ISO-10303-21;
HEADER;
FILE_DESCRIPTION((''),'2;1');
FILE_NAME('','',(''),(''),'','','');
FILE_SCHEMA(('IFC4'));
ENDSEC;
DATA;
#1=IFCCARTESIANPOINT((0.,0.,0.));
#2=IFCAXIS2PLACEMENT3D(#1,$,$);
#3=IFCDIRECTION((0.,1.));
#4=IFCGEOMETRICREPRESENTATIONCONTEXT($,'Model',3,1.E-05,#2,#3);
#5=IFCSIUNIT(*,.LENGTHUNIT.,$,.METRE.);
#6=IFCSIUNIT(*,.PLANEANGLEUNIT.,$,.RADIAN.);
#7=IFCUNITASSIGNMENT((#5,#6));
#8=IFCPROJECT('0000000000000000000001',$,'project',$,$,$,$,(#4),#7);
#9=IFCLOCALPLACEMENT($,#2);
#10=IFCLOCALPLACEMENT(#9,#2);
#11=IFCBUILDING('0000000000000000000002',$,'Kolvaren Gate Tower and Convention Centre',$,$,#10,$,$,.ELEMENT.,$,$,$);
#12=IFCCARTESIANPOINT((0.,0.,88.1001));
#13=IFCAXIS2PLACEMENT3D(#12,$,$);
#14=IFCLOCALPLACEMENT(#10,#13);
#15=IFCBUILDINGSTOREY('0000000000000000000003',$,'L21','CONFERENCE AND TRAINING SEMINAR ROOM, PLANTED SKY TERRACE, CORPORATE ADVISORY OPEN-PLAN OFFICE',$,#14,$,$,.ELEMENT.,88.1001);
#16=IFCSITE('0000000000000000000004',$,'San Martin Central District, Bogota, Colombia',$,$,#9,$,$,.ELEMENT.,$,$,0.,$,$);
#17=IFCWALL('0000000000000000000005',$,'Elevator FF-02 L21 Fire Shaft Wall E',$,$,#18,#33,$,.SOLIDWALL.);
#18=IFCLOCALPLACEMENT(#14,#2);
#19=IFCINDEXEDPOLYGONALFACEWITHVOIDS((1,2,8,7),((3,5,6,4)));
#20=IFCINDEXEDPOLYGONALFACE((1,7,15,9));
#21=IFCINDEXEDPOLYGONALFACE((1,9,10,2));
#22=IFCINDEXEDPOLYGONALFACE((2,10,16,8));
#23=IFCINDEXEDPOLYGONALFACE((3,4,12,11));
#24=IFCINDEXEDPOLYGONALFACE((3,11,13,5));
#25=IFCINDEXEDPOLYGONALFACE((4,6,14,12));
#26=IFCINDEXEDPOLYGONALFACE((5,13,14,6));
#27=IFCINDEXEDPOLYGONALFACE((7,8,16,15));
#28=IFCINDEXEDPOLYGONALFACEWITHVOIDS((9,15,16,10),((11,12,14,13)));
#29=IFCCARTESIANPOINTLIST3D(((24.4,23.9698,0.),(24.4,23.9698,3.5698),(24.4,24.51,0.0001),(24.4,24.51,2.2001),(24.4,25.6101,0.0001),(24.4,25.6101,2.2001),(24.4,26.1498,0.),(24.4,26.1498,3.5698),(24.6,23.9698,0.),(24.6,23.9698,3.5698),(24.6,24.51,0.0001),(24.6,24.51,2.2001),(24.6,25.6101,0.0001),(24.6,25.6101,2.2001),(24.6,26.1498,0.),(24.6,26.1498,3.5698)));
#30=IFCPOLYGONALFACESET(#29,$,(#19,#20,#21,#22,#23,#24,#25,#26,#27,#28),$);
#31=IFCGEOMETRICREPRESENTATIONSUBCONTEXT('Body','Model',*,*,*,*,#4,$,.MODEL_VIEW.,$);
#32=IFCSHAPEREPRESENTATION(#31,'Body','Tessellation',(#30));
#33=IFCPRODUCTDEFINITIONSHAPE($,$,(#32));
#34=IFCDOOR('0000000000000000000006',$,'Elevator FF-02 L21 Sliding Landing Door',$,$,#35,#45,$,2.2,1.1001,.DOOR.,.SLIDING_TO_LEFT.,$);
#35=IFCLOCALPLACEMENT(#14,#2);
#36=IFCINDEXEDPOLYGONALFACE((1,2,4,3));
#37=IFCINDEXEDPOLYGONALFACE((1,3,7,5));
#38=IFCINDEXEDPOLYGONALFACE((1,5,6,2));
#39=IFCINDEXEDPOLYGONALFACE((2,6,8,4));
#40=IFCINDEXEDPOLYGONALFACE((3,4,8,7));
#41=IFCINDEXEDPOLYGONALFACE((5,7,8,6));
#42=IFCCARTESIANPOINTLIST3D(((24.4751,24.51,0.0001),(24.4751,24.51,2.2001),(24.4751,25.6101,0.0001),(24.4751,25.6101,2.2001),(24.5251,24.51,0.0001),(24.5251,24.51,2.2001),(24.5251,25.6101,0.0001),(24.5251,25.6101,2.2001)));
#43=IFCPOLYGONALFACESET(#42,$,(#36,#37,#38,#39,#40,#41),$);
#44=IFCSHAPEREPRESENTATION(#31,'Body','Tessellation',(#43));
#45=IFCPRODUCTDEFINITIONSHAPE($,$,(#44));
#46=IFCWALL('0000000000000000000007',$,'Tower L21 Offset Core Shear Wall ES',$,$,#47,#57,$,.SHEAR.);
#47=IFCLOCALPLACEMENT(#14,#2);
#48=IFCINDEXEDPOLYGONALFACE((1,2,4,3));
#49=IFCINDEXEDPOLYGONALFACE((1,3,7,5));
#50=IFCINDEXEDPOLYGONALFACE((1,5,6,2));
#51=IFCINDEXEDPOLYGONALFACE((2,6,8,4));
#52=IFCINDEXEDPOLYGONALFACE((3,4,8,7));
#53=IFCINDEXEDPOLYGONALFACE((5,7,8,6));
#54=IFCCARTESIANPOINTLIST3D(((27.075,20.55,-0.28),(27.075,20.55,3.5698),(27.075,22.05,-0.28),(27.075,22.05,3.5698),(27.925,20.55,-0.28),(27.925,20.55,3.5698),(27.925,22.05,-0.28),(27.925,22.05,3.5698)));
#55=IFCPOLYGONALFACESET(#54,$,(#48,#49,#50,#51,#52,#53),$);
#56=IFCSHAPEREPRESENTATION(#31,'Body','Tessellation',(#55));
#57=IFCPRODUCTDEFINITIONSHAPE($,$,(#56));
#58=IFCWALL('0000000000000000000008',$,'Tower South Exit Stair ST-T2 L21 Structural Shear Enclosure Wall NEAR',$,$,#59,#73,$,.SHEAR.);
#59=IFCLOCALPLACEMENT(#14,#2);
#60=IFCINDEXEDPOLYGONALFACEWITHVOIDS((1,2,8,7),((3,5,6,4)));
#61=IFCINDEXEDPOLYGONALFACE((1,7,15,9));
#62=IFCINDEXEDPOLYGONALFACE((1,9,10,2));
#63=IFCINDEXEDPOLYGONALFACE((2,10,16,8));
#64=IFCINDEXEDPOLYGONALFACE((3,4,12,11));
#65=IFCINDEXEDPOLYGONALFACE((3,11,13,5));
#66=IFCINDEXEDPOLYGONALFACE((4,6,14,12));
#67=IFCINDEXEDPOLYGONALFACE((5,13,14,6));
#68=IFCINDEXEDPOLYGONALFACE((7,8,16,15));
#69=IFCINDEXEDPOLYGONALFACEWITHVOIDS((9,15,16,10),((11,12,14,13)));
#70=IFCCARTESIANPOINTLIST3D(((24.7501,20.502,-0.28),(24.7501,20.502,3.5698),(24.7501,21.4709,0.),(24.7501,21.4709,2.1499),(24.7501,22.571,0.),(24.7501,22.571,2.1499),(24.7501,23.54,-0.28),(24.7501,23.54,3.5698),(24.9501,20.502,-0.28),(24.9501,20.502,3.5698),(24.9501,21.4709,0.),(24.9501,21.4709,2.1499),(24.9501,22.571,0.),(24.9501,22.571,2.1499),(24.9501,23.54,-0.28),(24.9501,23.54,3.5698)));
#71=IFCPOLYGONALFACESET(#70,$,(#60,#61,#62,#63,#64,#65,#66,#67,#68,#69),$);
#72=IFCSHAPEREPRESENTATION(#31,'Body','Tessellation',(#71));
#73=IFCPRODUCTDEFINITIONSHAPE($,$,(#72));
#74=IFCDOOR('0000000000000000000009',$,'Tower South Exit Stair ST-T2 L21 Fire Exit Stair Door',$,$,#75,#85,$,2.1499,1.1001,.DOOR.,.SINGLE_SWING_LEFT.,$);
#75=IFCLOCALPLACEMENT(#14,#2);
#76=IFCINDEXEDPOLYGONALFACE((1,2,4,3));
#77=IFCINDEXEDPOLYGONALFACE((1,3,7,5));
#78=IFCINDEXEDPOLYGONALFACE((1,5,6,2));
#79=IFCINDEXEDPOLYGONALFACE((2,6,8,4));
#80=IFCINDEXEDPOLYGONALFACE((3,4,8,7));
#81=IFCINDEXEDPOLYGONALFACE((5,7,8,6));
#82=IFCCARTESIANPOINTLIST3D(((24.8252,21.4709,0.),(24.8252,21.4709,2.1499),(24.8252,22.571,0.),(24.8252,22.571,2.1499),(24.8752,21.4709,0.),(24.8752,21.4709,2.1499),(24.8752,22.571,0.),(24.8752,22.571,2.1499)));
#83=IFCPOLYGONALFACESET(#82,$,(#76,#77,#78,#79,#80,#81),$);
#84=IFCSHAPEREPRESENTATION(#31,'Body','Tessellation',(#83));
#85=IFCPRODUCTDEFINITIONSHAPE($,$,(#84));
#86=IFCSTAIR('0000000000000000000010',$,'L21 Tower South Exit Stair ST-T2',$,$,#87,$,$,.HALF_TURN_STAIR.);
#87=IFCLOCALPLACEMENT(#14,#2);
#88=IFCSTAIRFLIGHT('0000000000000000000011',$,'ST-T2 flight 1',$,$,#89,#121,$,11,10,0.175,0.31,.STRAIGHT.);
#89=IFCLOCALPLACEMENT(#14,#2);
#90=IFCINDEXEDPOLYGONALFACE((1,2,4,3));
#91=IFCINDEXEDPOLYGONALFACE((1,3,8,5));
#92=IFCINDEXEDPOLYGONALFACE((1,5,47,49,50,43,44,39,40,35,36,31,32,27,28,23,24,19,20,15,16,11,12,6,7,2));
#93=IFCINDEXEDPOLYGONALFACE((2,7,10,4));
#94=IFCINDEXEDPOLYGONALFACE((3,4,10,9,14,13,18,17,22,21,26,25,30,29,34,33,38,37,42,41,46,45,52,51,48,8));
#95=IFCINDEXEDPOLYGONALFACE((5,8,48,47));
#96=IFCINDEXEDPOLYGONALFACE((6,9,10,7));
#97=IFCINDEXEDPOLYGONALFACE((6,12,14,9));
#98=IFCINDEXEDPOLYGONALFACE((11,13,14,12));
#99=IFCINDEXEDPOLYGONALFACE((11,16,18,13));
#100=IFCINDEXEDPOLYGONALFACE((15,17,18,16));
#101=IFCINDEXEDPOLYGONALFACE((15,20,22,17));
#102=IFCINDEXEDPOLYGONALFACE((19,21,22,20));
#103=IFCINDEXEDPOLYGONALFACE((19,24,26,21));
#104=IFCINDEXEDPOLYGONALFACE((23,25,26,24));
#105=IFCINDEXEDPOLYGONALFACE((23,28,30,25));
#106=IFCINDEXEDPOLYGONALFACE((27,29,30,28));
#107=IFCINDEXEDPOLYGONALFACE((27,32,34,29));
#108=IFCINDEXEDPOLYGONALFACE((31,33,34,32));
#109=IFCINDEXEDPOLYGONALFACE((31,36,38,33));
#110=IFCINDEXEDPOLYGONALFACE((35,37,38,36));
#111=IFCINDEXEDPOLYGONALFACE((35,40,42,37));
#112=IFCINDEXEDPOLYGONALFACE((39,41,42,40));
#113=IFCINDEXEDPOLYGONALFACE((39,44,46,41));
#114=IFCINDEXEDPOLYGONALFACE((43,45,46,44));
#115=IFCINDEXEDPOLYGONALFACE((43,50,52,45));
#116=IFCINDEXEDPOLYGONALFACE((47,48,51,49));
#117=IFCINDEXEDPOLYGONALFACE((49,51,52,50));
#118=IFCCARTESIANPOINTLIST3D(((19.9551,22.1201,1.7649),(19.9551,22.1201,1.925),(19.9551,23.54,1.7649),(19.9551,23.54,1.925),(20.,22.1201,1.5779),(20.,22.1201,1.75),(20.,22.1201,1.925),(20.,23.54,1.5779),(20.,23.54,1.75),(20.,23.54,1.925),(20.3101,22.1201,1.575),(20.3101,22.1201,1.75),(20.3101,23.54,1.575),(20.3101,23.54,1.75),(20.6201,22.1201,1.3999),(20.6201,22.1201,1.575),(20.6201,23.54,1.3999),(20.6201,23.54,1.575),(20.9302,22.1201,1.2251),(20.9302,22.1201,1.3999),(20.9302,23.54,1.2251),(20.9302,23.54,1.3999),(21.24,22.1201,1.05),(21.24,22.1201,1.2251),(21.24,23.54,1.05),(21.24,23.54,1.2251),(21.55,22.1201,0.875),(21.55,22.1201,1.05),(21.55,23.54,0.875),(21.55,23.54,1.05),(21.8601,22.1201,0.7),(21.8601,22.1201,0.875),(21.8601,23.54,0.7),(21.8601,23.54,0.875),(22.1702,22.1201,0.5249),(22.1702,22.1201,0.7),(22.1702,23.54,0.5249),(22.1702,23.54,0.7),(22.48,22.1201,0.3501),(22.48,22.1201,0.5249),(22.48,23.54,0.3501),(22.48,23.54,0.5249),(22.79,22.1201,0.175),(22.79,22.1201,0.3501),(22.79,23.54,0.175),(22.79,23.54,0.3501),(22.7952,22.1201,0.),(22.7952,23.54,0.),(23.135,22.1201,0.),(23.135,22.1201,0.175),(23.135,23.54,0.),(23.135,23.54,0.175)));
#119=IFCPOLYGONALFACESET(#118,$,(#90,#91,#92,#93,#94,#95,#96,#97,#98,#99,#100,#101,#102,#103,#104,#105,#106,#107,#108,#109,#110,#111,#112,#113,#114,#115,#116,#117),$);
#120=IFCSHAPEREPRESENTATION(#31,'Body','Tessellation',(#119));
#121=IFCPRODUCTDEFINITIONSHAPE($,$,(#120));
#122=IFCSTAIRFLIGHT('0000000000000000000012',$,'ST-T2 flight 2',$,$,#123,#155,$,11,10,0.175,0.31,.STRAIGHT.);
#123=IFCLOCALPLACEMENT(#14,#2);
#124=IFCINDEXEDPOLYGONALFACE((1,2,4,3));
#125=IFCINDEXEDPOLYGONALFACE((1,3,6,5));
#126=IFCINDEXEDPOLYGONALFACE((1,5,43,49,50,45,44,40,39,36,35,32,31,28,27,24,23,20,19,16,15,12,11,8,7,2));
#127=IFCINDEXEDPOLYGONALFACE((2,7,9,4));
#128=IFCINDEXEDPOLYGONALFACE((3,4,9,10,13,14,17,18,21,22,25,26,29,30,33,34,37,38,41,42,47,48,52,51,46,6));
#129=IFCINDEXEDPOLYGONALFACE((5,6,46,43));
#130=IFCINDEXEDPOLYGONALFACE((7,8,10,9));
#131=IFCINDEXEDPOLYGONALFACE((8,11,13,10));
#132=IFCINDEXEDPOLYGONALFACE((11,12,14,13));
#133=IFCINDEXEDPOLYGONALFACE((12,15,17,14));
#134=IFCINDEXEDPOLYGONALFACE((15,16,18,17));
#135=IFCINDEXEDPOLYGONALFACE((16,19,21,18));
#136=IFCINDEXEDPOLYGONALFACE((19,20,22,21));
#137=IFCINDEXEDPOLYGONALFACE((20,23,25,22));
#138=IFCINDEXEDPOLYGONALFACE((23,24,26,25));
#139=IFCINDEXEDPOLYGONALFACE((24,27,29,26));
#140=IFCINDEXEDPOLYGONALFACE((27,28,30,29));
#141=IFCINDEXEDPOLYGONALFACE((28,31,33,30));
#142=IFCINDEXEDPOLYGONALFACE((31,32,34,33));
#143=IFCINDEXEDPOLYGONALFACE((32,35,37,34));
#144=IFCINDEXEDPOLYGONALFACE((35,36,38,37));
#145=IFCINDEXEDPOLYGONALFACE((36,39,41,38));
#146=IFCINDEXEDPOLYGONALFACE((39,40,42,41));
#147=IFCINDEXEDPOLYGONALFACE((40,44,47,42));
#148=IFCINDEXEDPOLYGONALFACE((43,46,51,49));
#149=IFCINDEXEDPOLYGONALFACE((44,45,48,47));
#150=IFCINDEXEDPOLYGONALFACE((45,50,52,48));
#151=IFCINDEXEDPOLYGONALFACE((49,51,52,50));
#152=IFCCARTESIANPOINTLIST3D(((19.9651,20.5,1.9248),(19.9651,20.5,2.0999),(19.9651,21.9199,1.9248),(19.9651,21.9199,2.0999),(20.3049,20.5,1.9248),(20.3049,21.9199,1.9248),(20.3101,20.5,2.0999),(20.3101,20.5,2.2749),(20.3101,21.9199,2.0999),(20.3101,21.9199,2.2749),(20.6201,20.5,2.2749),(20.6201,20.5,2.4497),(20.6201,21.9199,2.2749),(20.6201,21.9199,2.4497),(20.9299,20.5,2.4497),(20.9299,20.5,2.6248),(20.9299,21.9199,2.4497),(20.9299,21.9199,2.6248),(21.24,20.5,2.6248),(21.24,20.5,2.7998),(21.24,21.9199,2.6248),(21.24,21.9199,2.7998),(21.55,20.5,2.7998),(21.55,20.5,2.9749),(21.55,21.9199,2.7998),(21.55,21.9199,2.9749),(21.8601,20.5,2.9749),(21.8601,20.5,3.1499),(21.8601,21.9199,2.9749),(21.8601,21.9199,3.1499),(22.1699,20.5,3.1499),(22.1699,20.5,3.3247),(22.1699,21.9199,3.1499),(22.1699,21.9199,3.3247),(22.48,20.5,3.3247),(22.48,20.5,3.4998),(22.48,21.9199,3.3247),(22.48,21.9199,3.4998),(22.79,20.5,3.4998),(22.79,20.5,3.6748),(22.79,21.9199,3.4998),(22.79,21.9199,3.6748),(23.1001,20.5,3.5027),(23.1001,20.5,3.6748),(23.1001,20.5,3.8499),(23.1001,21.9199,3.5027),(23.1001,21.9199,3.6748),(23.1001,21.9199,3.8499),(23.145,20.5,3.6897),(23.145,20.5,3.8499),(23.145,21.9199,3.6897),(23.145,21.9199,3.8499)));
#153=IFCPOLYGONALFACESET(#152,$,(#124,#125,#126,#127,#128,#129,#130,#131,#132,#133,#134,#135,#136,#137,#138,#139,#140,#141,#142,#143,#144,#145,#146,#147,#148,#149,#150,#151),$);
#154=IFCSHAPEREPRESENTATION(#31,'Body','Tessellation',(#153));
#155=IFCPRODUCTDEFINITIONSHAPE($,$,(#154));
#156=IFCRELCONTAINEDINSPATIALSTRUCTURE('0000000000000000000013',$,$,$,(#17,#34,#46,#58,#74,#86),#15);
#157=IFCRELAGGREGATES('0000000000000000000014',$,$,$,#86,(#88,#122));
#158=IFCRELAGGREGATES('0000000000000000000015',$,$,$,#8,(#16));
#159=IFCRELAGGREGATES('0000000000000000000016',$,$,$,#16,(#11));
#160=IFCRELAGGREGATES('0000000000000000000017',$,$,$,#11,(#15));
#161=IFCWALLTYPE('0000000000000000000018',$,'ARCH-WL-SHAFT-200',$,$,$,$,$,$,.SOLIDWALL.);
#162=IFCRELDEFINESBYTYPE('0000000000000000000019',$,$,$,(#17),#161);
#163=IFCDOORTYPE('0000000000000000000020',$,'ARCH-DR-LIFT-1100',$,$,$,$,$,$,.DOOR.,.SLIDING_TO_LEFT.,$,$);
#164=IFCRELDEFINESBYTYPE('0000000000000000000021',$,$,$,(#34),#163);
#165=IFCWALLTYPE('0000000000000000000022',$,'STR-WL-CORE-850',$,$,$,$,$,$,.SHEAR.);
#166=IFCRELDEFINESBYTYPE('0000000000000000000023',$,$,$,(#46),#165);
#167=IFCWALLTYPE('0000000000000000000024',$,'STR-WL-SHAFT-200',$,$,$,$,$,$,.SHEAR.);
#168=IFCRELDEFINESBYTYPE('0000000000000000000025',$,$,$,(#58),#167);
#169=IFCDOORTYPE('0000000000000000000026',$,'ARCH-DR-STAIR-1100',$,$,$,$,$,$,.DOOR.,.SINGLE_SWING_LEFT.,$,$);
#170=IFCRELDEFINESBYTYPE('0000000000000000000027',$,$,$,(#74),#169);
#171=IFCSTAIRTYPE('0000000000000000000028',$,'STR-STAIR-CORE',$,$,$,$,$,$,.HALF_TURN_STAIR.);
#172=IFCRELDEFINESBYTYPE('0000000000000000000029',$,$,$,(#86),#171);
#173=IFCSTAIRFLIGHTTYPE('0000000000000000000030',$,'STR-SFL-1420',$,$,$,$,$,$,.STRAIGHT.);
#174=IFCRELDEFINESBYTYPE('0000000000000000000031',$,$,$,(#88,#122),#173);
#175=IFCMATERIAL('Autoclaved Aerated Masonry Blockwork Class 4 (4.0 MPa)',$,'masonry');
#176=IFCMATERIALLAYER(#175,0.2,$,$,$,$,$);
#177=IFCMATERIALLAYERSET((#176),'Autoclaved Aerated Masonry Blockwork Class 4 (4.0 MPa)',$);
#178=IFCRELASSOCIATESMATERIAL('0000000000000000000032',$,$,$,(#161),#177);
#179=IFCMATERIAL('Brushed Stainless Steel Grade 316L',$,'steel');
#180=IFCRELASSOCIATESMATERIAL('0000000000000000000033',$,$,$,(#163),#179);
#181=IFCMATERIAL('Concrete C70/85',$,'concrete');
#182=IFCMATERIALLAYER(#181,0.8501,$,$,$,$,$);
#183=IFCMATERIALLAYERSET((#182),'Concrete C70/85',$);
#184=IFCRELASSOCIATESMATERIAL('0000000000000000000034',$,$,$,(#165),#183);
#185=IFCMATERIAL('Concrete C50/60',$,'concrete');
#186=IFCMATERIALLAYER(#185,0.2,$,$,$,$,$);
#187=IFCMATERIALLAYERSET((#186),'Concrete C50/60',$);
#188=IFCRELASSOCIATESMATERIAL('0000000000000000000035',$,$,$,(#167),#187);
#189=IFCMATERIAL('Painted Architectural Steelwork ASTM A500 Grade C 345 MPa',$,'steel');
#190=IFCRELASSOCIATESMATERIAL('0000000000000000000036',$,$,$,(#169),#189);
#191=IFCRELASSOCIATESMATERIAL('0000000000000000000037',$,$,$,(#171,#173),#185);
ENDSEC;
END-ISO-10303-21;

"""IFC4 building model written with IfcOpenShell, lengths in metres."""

from ifc_helpers import new_model, si_unit, direction, frame, frame_2d, origin, place, context, subcontext, project, spatial, polyline, rectangle, outline, extrude, material, layer, layer_set, type_object, element, fill, aggregate, save


model = new_model("IFC4")

# Units and contexts
model_context = context("Model", 3, precision=1e-05, world=origin(), true_north=direction((0.0, 1.0)))
body_context = subcontext(model_context, "Body", "Model", "MODEL_VIEW")
ifc_project = project(units=[si_unit("LENGTHUNIT", "METRE"), si_unit("PLANEANGLEUNIT", "RADIAN")], contexts=[model_context])

# Site, building, storey
site_placement = place(None, origin())
site = spatial("IfcSite", under=ifc_project, at=site_placement, Name="San Martin Central District, Bogota, Colombia", CompositionType="ELEMENT", RefElevation=0.0)
building_placement = place(site_placement, origin())
building = spatial("IfcBuilding", under=site, at=building_placement, Name="Kolvaren Gate Tower and Convention Centre", CompositionType="ELEMENT")
storey_placement = place(building_placement, frame((0.0, 0.0, 88.1001)))
storey = spatial("IfcBuildingStorey", under=building, at=storey_placement, Name="L21", Description="CONFERENCE AND TRAINING SEMINAR ROOM, PLANTED SKY TERRACE, CORPORATE ADVISORY OPEN-PLAN OFFICE", CompositionType="ELEMENT", Elevation=88.1001)

# Shared definitions
ifc_material_1 = material(Name="Autoclaved Aerated Masonry Blockwork Class 4 (4.0 MPa)", Category="masonry")

# Shared definitions
ifc_material_2 = material(Name="Painted Architectural Steelwork ASTM A500 Grade C 345 MPa", Category="steel")

# Shared definitions
ifc_layer_1 = layer(ifc_material_1, 0.2)
ifc_layer_set_1 = layer_set([ifc_layer_1], Name="Autoclaved Aerated Masonry Blockwork Class 4 (4.0 MPa)")
wall_type_1 = type_object("IfcWallType", Name="ARCH-WL-SHAFT-200", PredefinedType="SOLIDWALL", material=ifc_layer_set_1)

# Wall, opening, door
wall_1_placement = place(storey_placement, frame((24.5, 23.97, 0.0), z_axis=(0.0, 0.0, 1.0), x_axis=(0.0, 1.0, 0.0)))
wall_1 = element("IfcWall", 1, at=wall_1_placement, inside=storey, type_object=wall_type_1, Name="Elevator FF-02 L21 Fire Shaft Wall E", PredefinedType="SOLIDWALL", context=body_context, shape_type="SweptSolid", body=[
    extrude(rectangle(XDim=2.1799, YDim=0.2, at=frame_2d((1.0898, 0.0))), origin(), (0.0, 0.0, 1.0), 3.5698),
])
opening_1_placement = place(wall_1_placement, frame((0.54, 0.0, 0.0)))
opening_1 = element("IfcOpeningElement", 2, at=opening_1_placement, cuts=wall_1, PredefinedType="OPENING", context=body_context, shape_type="SweptSolid", body=[
    extrude(rectangle(XDim=1.1001, YDim=2.2, at=frame_2d((0.55, 1.1001))), frame((0.0, 0.1099, 0.0), z_axis=(0.0, -1.0, 0.0), x_axis=(1.0, 0.0, 0.0)), (0.0, 0.0, 1.0), 0.22),
])
ifc_material_3 = material(Name="Brushed Stainless Steel Grade 316L", Category="steel")
door_type_1 = type_object("IfcDoorType", Name="ARCH-DR-LIFT-1100", OperationType="SLIDING_TO_LEFT", PredefinedType="DOOR", material=ifc_material_3)
door_1_placement = place(opening_1_placement, origin())
door_1 = element("IfcDoor", 3, at=door_1_placement, inside=storey, type_object=door_type_1, Name="Elevator FF-02 L21 Sliding Landing Door", OperationType="SLIDING_TO_LEFT", OverallHeight=2.2, OverallWidth=1.1001, PredefinedType="DOOR", context=body_context, shape_type="SweptSolid", body=[
    extrude(rectangle(XDim=1.1001, YDim=2.2, at=frame_2d((0.55, 1.1001))), frame((0.0, 0.0249, 0.0), z_axis=(0.0, -1.0, 0.0), x_axis=(1.0, 0.0, 0.0)), (0.0, 0.0, 1.0), 0.05),
])
fill(opening_1, door_1)

# Wall
ifc_material_4 = material(Name="Concrete C70/85", Category="concrete")
ifc_layer_2 = layer(ifc_material_4, 0.8501)
ifc_layer_set_2 = layer_set([ifc_layer_2], Name="Concrete C70/85")
wall_type_2 = type_object("IfcWallType", Name="STR-WL-CORE-850", PredefinedType="SHEAR", material=ifc_layer_set_2)
wall_2_placement = place(storey_placement, frame((27.5, 20.55, -0.28), z_axis=(0.0, 0.0, 1.0), x_axis=(0.0, 1.0, 0.0)))
element("IfcWall", 4, at=wall_2_placement, inside=storey, type_object=wall_type_2, Name="Tower L21 Offset Core Shear Wall ES", PredefinedType="SHEAR", context=body_context, shape_type="SweptSolid", body=[
    extrude(rectangle(XDim=1.5, YDim=0.8501, at=frame_2d((0.75, 0.0))), origin(), (0.0, 0.0, 1.0), 3.8499),
])

# Wall, opening, door
ifc_material_5 = material(Name="Concrete C50/60", Category="concrete")
ifc_layer_3 = layer(ifc_material_5, 0.2)
ifc_layer_set_3 = layer_set([ifc_layer_3], Name="Concrete C50/60")
wall_type_3 = type_object("IfcWallType", Name="STR-WL-SHAFT-200", PredefinedType="SHEAR", material=ifc_layer_set_3)
wall_3_placement = place(storey_placement, frame((24.8501, 20.502, -0.28), z_axis=(0.0, 0.0, 1.0), x_axis=(0.0, 1.0, 0.0)))
wall_3 = element("IfcWall", 5, at=wall_3_placement, inside=storey, type_object=wall_type_3, Name="Tower South Exit Stair ST-T2 L21 Structural Shear Enclosure Wall NEAR", PredefinedType="SHEAR", context=body_context, shape_type="SweptSolid", body=[
    extrude(rectangle(XDim=3.0381, YDim=0.2, at=frame_2d((1.519, 0.0))), origin(), (0.0, 0.0, 1.0), 3.8499),
])
opening_2_placement = place(wall_3_placement, frame((0.969, 0.0, 0.28)))
opening_2 = element("IfcOpeningElement", 6, at=opening_2_placement, cuts=wall_3, PredefinedType="OPENING", context=body_context, shape_type="SweptSolid", body=[
    extrude(rectangle(XDim=1.1001, YDim=2.1499, at=frame_2d((0.55, 1.075))), frame((0.0, 0.1099, 0.0), z_axis=(0.0, -1.0, 0.0), x_axis=(1.0, 0.0, 0.0)), (0.0, 0.0, 1.0), 0.22),
])
door_type_2 = type_object("IfcDoorType", Name="ARCH-DR-STAIR-1100", OperationType="SINGLE_SWING_LEFT", PredefinedType="DOOR", material=ifc_material_2)
door_2_placement = place(opening_2_placement, origin())
door_2 = element("IfcDoor", 7, at=door_2_placement, inside=storey, type_object=door_type_2, Name="Tower South Exit Stair ST-T2 L21 Fire Exit Stair Door", OperationType="SINGLE_SWING_LEFT", OverallHeight=2.1499, OverallWidth=1.1001, PredefinedType="DOOR", context=body_context, shape_type="SweptSolid", body=[
    extrude(rectangle(XDim=1.1001, YDim=2.1499, at=frame_2d((0.55, 1.075))), frame((0.0, 0.0249, 0.0), z_axis=(0.0, -1.0, 0.0), x_axis=(1.0, 0.0, 0.0)), (0.0, 0.0, 1.0), 0.05),
])
fill(opening_2, door_2)

# Stair, stair flights
stair_type = type_object("IfcStairType", Name="STR-STAIR-CORE", PredefinedType="HALF_TURN_STAIR", material=ifc_material_5)
stair_placement = place(storey_placement, origin())
stair = element("IfcStair", 8, at=stair_placement, inside=storey, type_object=stair_type, Name="L21 Tower South Exit Stair ST-T2", PredefinedType="HALF_TURN_STAIR")
stair_flight_type = type_object("IfcStairFlightType", Name="STR-SFL-1420", PredefinedType="STRAIGHT", material=ifc_material_5)
stair_flight_1_placement = place(storey_placement, frame((23.1001, 22.8301, 0.0), z_axis=(0.0, 0.0, 1.0), x_axis=(-1.0, 0.0, 0.0)))
stair_flight_1 = element("IfcStairFlight", 9, at=stair_flight_1_placement, type_object=stair_flight_type, Name="ST-T2 flight 1", NumberOfRisers=11, NumberOfTreads=10, PredefinedType="STRAIGHT", RiserHeight=0.175, TreadLength=0.31, context=body_context, shape_type="SweptSolid", body=[
    extrude(outline(polyline([(-0.0349, 0.0), (-0.0349, 0.175), (0.3101, 0.175), (0.3101, 0.3501), (0.6201, 0.3501), (0.6201, 0.5249), (0.9299, 0.5249), (0.9299, 0.7), (1.24, 0.7), (1.24, 0.875), (1.55, 0.875), (1.55, 1.05), (1.8601, 1.05), (1.8601, 1.2251), (2.1699, 1.2251), (2.1699, 1.3999), (2.48, 1.3999), (2.48, 1.575), (2.79, 1.575), (2.79, 1.75), (3.1001, 1.75), (3.1001, 1.925), (3.145, 1.925), (3.145, 1.7649), (3.1001, 1.5779), (0.3049, 0.0), (-0.0349, 0.0)])), frame((0.0, 0.71, 0.0), z_axis=(0.0, -1.0, 0.0), x_axis=(1.0, 0.0, 0.0)), (0.0, 0.0, 1.0), 1.4199),
])
stair_flight_2_placement = place(storey_placement, frame((20.0, 21.21, 1.9248), z_axis=(0.0, 0.0, 1.0), x_axis=(1.0, 0.0, 0.0)))
stair_flight_2 = element("IfcStairFlight", 10, at=stair_flight_2_placement, type_object=stair_flight_type, Name="ST-T2 flight 2", NumberOfRisers=11, NumberOfTreads=10, PredefinedType="STRAIGHT", RiserHeight=0.175, TreadLength=0.31, context=body_context, shape_type="SweptSolid", body=[
    extrude(outline(polyline([(-0.0349, 0.0), (-0.0349, 0.175), (0.3101, 0.175), (0.3101, 0.3501), (0.6201, 0.3501), (0.6201, 0.5249), (0.9299, 0.5249), (0.9299, 0.7), (1.24, 0.7), (1.24, 0.875), (1.55, 0.875), (1.55, 1.05), (1.8601, 1.05), (1.8601, 1.2251), (2.1699, 1.2251), (2.1699, 1.3999), (2.48, 1.3999), (2.48, 1.575), (2.79, 1.575), (2.79, 1.75), (3.1001, 1.75), (3.1001, 1.925), (3.145, 1.925), (3.145, 1.7649), (3.1001, 1.5779), (0.3049, 0.0), (-0.0349, 0.0)])), frame((0.0, 0.71, 0.0), z_axis=(0.0, -1.0, 0.0), x_axis=(1.0, 0.0, 0.0)), (0.0, 0.0, 1.0), 1.4199),
])
aggregate(stair, [stair_flight_1, stair_flight_2])

save(model, "model.ifc")
